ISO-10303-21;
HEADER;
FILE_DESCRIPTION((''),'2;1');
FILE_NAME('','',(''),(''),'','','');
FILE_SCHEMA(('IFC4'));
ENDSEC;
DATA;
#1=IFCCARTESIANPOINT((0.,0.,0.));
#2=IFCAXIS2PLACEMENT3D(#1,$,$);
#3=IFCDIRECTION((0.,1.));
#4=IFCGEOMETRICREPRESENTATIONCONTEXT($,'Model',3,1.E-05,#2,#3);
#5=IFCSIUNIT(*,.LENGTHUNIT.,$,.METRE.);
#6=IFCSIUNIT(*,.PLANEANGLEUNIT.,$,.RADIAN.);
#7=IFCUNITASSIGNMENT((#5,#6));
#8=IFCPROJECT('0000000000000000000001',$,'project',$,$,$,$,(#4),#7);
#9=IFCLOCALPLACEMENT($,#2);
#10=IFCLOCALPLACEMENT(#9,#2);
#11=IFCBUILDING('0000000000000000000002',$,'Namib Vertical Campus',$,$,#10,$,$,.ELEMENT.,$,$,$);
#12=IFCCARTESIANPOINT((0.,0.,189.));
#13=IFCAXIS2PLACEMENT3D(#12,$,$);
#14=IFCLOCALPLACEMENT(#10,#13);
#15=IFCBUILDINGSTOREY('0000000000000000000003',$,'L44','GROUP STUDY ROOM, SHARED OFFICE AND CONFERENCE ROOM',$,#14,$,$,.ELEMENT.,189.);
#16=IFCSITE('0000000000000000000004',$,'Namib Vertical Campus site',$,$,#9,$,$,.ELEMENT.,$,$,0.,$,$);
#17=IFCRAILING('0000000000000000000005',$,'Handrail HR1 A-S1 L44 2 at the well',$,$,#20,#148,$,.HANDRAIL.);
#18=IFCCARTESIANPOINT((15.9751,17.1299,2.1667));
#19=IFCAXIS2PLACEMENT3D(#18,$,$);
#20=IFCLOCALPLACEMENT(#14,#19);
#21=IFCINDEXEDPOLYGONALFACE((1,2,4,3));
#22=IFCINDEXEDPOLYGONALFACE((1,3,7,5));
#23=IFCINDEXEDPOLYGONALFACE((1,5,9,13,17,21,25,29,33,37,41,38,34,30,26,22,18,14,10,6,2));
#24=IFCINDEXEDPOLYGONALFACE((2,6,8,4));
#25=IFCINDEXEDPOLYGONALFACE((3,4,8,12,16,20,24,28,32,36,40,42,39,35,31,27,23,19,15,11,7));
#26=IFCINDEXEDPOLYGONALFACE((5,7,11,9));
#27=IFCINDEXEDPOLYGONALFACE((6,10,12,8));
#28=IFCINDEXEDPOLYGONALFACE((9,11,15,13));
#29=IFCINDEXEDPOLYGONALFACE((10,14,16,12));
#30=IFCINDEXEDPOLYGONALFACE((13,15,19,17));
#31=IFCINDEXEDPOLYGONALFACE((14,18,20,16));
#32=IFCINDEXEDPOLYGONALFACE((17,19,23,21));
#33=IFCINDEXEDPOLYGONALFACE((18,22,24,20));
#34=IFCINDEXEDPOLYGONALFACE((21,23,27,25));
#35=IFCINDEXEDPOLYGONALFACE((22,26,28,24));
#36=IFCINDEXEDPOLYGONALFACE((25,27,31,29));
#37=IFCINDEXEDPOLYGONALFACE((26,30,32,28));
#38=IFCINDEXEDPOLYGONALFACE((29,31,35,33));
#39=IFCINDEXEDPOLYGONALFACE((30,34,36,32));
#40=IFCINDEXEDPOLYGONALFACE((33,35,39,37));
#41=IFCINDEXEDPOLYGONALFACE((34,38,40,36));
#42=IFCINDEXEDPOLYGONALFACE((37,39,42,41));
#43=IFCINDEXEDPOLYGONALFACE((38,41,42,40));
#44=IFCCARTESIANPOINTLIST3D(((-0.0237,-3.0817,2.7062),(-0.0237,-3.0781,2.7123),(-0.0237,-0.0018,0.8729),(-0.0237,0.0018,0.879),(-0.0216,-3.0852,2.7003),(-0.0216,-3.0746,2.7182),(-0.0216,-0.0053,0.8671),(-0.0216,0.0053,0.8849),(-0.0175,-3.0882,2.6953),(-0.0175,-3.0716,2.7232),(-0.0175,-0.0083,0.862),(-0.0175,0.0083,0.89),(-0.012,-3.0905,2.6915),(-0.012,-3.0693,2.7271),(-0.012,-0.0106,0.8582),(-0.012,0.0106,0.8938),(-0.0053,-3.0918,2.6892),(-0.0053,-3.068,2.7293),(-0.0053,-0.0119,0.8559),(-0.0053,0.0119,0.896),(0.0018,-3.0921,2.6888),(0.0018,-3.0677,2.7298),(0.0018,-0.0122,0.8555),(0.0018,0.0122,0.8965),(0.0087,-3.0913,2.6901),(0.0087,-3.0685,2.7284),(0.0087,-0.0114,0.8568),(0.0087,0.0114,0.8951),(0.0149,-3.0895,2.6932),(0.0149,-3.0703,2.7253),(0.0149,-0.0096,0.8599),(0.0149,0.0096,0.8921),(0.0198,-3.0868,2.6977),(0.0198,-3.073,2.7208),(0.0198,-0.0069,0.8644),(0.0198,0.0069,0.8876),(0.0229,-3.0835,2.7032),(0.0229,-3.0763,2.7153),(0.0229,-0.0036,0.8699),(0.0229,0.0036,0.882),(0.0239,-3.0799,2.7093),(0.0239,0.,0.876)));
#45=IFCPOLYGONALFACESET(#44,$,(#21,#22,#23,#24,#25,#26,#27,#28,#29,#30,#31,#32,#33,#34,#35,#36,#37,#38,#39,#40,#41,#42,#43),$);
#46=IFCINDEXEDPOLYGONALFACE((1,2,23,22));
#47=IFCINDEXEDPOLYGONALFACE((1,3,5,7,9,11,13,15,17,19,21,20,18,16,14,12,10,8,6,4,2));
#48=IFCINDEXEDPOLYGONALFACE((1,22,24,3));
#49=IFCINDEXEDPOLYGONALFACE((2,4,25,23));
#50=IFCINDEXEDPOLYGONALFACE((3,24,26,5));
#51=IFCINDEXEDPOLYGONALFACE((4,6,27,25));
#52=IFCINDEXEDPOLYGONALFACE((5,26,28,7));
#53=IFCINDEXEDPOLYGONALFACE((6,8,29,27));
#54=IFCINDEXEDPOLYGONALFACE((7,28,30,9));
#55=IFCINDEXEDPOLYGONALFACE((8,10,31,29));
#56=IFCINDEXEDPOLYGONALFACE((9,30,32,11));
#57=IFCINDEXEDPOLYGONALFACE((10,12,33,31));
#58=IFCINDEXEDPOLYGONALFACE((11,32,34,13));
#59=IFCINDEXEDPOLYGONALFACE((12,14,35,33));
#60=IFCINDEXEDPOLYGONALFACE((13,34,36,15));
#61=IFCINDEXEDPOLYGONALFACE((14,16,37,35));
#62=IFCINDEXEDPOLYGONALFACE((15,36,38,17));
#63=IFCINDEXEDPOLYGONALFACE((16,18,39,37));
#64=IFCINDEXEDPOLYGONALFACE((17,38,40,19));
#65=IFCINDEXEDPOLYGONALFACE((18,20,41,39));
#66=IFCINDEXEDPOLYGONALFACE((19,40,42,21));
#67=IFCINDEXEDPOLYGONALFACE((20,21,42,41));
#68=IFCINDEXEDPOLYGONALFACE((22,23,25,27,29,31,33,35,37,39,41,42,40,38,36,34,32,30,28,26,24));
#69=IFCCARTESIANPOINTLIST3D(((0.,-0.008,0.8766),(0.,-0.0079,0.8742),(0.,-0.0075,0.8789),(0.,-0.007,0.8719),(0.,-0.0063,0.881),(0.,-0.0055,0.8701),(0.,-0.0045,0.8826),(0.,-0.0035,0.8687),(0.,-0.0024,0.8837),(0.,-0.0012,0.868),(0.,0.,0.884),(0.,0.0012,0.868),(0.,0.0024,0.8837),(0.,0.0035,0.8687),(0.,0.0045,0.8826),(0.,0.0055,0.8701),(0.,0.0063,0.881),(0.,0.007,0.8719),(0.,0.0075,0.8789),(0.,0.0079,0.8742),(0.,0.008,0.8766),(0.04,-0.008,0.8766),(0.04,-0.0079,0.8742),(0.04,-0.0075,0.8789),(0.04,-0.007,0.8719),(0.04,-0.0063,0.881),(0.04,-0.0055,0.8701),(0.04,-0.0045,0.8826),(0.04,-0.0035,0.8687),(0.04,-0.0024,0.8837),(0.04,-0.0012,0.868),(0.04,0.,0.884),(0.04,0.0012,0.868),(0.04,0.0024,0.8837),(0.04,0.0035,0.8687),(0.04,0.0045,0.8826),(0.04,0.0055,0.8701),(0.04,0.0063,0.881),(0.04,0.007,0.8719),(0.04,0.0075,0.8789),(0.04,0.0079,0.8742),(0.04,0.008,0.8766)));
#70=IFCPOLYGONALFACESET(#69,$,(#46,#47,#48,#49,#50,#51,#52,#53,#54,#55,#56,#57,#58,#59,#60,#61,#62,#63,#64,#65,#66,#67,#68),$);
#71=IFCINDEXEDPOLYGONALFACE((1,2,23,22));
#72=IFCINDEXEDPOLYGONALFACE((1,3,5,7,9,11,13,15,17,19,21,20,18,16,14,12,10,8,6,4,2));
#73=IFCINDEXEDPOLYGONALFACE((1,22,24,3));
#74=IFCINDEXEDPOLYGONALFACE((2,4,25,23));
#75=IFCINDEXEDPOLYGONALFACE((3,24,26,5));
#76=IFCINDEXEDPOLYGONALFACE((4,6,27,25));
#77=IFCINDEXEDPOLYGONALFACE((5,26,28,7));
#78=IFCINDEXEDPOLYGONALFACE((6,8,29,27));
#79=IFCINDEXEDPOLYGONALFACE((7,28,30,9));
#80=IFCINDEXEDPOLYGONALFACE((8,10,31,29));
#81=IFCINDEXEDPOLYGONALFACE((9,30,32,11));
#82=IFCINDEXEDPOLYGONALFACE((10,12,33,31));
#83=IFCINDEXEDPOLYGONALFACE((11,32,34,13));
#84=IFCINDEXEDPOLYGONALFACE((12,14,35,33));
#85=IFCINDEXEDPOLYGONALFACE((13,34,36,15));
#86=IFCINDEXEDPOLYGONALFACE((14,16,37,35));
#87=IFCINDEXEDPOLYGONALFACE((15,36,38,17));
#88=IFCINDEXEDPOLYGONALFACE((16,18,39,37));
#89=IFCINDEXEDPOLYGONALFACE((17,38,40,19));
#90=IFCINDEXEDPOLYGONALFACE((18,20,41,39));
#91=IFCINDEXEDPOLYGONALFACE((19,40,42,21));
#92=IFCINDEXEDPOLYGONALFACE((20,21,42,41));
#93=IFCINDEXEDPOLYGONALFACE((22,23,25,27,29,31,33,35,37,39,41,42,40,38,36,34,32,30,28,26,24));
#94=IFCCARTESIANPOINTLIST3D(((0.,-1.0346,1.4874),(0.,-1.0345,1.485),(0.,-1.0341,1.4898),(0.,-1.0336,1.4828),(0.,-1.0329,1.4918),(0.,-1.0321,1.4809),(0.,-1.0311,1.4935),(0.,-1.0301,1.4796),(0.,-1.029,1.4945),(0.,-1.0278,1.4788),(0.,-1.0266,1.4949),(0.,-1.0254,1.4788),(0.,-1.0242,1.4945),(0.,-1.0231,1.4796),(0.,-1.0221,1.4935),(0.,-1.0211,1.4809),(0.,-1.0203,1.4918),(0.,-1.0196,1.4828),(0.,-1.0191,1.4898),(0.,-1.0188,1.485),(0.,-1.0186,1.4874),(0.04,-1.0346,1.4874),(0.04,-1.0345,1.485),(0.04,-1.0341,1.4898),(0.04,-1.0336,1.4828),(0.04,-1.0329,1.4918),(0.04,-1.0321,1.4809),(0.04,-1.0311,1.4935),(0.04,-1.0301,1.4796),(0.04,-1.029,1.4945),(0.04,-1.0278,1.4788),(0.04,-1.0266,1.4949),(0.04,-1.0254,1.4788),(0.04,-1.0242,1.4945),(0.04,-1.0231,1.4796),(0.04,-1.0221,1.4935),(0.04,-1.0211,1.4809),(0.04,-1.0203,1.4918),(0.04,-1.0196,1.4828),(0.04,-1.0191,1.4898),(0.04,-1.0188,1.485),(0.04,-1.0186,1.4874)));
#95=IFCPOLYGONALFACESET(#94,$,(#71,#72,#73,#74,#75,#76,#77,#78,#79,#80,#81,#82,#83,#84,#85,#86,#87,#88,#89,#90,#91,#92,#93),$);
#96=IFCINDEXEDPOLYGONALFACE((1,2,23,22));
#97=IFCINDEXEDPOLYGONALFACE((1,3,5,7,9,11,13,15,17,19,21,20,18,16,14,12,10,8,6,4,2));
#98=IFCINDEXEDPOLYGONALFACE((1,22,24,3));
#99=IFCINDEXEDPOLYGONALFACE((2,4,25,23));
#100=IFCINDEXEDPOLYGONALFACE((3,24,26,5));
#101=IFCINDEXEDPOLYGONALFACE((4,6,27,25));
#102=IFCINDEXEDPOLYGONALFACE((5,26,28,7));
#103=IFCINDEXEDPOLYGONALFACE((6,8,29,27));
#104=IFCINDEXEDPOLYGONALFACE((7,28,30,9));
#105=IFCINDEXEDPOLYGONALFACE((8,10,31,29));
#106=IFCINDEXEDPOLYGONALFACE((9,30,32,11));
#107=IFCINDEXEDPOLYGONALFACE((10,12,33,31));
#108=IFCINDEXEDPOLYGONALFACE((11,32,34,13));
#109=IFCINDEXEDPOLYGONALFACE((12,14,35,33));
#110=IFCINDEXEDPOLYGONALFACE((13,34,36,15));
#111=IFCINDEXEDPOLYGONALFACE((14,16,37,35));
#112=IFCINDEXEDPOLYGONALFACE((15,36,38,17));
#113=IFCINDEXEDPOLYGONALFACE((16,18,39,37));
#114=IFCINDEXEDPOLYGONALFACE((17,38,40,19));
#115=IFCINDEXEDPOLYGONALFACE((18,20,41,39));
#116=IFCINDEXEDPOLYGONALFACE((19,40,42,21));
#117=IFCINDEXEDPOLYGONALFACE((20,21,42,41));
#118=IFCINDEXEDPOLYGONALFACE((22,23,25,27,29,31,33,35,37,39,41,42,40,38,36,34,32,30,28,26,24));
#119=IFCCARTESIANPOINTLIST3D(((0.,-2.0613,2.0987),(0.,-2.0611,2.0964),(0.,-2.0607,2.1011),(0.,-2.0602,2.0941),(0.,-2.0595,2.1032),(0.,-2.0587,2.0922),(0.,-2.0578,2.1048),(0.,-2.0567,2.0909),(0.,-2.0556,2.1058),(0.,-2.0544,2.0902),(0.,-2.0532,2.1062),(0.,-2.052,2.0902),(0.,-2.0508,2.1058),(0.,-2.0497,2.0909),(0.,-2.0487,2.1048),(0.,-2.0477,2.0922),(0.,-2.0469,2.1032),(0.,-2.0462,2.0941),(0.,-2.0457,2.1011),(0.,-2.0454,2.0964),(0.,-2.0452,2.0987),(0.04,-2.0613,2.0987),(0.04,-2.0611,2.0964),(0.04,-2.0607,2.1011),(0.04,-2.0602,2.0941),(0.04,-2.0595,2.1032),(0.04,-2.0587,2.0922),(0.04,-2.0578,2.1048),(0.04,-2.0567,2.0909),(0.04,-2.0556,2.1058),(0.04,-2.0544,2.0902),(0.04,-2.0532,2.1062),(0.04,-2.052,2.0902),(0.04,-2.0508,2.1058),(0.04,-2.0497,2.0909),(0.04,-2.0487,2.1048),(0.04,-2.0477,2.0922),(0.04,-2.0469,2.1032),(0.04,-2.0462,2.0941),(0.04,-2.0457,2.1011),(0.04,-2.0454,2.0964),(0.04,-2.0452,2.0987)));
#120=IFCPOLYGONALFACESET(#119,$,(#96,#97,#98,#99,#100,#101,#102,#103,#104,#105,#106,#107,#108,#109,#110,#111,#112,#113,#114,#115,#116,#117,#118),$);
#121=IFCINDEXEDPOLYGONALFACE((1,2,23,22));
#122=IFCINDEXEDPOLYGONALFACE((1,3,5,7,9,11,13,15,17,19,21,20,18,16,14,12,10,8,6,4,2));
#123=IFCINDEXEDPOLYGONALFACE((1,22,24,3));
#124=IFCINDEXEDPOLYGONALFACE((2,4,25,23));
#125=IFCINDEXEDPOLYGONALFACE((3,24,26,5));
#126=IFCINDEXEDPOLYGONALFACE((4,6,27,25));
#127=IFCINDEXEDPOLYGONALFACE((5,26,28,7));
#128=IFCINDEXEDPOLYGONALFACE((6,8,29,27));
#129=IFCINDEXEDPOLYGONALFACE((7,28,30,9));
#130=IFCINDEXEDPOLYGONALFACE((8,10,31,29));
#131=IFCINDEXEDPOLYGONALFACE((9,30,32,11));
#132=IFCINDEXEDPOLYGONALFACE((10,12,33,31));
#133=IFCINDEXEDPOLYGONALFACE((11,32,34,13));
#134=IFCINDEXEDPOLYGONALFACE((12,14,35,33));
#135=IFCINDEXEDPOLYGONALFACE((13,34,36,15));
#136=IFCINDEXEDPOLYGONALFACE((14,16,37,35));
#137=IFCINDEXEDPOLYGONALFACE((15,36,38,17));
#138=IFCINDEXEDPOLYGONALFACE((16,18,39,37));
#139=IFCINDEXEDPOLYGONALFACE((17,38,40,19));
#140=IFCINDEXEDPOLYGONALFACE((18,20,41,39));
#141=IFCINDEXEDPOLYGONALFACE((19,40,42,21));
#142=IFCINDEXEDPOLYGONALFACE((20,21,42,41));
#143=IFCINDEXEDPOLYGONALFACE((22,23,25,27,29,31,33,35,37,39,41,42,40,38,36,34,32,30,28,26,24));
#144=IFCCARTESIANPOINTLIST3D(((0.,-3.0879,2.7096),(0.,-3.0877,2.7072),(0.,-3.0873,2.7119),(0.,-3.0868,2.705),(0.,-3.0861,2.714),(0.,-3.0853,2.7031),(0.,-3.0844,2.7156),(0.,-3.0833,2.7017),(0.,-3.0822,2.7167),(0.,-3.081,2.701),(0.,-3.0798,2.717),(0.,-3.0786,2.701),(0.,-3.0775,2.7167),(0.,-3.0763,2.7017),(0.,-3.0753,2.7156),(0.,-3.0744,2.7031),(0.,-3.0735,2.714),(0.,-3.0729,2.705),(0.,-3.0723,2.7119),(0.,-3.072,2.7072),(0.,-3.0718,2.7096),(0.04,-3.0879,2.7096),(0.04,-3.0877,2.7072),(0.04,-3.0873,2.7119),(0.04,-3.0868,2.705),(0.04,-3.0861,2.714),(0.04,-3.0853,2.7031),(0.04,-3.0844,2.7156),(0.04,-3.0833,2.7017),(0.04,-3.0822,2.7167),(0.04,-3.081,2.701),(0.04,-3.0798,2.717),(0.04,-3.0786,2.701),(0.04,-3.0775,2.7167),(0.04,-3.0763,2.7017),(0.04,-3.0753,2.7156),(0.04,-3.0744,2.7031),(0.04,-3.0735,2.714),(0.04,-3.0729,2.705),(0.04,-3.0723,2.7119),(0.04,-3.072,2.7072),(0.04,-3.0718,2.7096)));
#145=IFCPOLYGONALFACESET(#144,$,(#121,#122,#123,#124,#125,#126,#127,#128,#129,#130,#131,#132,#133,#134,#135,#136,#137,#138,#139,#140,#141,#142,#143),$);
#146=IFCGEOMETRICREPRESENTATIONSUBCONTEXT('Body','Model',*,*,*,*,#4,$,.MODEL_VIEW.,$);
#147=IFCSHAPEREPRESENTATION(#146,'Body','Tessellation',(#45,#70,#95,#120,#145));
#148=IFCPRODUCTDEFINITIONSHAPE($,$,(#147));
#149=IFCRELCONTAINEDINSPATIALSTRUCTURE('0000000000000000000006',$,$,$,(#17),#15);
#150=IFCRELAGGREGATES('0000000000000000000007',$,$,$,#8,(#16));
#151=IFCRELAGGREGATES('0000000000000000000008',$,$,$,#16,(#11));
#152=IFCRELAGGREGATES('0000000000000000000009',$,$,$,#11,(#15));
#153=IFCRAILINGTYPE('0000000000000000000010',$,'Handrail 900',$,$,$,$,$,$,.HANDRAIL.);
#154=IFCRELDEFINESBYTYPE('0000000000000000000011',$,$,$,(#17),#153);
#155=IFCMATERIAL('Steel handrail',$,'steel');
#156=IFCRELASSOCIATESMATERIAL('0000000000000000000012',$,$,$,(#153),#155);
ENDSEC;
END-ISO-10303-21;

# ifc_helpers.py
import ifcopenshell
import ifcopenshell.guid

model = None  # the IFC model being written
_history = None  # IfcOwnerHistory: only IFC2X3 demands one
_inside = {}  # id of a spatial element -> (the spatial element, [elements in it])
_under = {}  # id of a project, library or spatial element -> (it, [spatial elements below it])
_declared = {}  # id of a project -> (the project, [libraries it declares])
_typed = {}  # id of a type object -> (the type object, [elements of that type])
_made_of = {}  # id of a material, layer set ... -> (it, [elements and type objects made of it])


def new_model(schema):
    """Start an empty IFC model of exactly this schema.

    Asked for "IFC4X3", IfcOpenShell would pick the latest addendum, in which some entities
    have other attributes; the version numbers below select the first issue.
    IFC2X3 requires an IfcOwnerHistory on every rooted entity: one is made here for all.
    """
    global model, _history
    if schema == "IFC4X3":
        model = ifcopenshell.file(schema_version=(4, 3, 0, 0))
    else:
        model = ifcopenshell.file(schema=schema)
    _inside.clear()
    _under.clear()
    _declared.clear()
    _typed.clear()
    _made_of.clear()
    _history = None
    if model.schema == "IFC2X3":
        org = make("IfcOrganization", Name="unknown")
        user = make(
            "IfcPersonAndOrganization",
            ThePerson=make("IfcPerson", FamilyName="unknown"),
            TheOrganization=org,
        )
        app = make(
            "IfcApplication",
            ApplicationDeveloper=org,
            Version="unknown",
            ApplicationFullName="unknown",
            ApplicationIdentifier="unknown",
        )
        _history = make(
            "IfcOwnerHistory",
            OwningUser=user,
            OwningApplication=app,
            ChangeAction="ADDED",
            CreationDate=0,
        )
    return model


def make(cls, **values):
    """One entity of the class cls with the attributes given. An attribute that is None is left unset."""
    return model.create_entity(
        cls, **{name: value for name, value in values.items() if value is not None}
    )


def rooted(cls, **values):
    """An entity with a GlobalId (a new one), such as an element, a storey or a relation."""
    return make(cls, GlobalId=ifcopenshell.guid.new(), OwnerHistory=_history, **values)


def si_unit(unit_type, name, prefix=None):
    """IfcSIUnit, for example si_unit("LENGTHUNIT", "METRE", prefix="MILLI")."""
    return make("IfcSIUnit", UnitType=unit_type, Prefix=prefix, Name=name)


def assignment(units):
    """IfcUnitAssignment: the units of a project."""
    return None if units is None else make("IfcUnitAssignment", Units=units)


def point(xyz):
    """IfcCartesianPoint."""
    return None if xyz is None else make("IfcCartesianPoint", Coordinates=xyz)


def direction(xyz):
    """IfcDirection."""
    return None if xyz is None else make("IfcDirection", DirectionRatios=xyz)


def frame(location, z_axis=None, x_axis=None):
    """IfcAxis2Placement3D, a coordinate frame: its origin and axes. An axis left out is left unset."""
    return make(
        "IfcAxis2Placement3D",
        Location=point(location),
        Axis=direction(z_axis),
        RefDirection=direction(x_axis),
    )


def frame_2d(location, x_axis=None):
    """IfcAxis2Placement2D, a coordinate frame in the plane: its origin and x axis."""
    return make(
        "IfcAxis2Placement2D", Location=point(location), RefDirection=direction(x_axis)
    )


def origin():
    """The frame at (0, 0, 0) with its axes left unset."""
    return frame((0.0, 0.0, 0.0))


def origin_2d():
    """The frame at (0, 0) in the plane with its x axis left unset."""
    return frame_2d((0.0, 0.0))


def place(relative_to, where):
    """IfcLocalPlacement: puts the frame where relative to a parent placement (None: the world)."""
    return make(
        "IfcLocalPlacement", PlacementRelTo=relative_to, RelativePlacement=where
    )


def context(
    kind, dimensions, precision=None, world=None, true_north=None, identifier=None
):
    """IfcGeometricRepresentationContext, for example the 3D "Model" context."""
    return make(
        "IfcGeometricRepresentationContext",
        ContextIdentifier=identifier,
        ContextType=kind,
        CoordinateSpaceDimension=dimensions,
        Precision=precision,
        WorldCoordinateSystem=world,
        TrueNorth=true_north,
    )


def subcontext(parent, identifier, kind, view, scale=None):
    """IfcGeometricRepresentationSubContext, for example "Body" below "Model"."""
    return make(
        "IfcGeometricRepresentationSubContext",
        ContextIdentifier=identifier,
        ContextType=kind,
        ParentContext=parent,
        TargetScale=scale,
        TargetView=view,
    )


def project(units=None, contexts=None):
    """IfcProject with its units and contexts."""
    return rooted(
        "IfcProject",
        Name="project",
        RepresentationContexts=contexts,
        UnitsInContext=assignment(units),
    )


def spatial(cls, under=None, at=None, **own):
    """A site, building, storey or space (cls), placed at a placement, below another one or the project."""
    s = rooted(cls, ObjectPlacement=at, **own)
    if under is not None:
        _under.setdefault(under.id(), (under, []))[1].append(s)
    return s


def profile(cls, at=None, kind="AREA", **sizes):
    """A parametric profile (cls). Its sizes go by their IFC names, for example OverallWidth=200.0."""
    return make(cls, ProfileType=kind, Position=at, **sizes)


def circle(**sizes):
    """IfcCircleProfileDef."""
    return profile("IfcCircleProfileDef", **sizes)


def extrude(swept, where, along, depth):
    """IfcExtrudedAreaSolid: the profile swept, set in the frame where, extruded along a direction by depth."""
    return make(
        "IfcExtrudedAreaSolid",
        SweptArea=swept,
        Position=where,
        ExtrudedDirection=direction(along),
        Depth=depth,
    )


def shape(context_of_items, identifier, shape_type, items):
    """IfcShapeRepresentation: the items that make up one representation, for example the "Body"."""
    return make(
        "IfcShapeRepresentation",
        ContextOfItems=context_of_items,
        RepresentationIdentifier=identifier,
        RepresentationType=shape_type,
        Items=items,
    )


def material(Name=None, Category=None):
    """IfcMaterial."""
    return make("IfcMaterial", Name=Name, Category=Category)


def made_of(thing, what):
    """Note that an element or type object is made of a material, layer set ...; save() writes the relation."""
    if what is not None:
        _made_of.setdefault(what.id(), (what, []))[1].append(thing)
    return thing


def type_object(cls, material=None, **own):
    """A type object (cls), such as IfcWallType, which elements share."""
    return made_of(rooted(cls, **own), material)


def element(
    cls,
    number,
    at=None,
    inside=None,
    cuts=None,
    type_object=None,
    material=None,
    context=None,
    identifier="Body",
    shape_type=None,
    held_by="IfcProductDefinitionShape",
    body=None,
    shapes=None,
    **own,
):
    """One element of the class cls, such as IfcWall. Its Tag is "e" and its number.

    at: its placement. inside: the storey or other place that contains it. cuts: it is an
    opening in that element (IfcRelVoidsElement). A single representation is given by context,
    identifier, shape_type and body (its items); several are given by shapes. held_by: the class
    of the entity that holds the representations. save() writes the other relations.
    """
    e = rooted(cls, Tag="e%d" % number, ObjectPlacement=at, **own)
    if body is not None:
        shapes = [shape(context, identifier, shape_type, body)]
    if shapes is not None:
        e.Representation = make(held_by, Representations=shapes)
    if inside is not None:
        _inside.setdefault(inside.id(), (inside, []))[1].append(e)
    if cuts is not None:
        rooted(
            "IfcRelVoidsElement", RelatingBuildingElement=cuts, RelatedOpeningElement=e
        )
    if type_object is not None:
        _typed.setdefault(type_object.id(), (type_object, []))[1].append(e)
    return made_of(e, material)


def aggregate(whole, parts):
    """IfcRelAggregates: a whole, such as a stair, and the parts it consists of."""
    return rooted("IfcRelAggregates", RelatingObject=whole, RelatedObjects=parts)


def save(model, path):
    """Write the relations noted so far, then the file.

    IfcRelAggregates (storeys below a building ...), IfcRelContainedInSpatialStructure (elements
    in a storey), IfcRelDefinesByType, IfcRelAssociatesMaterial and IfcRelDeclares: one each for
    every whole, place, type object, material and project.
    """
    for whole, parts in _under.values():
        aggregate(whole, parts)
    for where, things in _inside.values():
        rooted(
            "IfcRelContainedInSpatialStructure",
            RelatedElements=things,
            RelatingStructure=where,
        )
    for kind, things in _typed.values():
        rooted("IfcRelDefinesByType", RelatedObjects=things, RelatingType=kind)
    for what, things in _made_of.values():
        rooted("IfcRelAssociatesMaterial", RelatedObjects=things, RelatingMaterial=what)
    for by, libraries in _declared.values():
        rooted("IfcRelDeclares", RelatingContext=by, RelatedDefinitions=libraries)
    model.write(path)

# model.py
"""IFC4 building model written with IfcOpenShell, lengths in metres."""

from ifc_helpers import new_model, si_unit, direction, frame, origin, origin_2d, place, context, subcontext, project, spatial, circle, extrude, material, type_object, element, save


model = new_model("IFC4")

# Units and contexts
model_context = context("Model", 3, precision=1e-05, world=origin(), true_north=direction((0.0, 1.0)))
body_context = subcontext(model_context, "Body", "Model", "MODEL_VIEW")
ifc_project = project(units=[si_unit("LENGTHUNIT", "METRE"), si_unit("PLANEANGLEUNIT", "RADIAN")], contexts=[model_context])

# Site, building, storey
site_placement = place(None, origin())
site = spatial("IfcSite", under=ifc_project, at=site_placement, Name="Namib Vertical Campus site", CompositionType="ELEMENT", RefElevation=0.0)
building_placement = place(site_placement, origin())
building = spatial("IfcBuilding", under=site, at=building_placement, Name="Namib Vertical Campus", CompositionType="ELEMENT")
storey_placement = place(building_placement, frame((0.0, 0.0, 189.0)))
storey = spatial("IfcBuildingStorey", under=building, at=storey_placement, Name="L44", Description="GROUP STUDY ROOM, SHARED OFFICE AND CONFERENCE ROOM", CompositionType="ELEMENT", Elevation=189.0)

# Railing
ifc_material_1 = material(Name="Steel handrail", Category="steel")
railing_type_1 = type_object("IfcRailingType", Name="Handrail 900", PredefinedType="HANDRAIL", material=ifc_material_1)
railing_1_placement = place(storey_placement, frame((15.9751, 17.1299, 2.1667)))
element("IfcRailing", 1, at=railing_1_placement, inside=storey, type_object=railing_type_1, Name="Handrail HR1 A-S1 L44 2 at the well", PredefinedType="HANDRAIL", context=body_context, shape_type="SweptSolid", body=[
    extrude(circle(Radius=0.0239, at=origin_2d()), frame((0.0, 0.0, 0.876), z_axis=(0.0, -0.859291, 0.511487), x_axis=(1.0, 0.0, 0.0)), (0.0, 0.0, 1.0), 3.5842),
    extrude(circle(Radius=0.0081, at=origin_2d()), frame((0.0, 0.0, 0.876), z_axis=(1.0, 0.0, 0.0), x_axis=(0.0, 0.0, 1.0)), (0.0, 0.0, 1.0), 0.04),
    extrude(circle(Radius=0.0081, at=origin_2d()), frame((0.0, -1.0266, 1.4868), z_axis=(1.0, 0.0, 0.0), x_axis=(0.0, 0.0, 1.0)), (0.0, 0.0, 1.0), 0.04),
    extrude(circle(Radius=0.0081, at=origin_2d()), frame((0.0, -2.0532, 2.0981), z_axis=(1.0, 0.0, 0.0), x_axis=(0.0, 0.0, 1.0)), (0.0, 0.0, 1.0), 0.04),
    extrude(circle(Radius=0.0081, at=origin_2d()), frame((0.0, -3.0798, 2.709), z_axis=(1.0, 0.0, 0.0), x_axis=(0.0, 0.0, 1.0)), (0.0, 0.0, 1.0), 0.04),
])

save(model, "model.ifc")
